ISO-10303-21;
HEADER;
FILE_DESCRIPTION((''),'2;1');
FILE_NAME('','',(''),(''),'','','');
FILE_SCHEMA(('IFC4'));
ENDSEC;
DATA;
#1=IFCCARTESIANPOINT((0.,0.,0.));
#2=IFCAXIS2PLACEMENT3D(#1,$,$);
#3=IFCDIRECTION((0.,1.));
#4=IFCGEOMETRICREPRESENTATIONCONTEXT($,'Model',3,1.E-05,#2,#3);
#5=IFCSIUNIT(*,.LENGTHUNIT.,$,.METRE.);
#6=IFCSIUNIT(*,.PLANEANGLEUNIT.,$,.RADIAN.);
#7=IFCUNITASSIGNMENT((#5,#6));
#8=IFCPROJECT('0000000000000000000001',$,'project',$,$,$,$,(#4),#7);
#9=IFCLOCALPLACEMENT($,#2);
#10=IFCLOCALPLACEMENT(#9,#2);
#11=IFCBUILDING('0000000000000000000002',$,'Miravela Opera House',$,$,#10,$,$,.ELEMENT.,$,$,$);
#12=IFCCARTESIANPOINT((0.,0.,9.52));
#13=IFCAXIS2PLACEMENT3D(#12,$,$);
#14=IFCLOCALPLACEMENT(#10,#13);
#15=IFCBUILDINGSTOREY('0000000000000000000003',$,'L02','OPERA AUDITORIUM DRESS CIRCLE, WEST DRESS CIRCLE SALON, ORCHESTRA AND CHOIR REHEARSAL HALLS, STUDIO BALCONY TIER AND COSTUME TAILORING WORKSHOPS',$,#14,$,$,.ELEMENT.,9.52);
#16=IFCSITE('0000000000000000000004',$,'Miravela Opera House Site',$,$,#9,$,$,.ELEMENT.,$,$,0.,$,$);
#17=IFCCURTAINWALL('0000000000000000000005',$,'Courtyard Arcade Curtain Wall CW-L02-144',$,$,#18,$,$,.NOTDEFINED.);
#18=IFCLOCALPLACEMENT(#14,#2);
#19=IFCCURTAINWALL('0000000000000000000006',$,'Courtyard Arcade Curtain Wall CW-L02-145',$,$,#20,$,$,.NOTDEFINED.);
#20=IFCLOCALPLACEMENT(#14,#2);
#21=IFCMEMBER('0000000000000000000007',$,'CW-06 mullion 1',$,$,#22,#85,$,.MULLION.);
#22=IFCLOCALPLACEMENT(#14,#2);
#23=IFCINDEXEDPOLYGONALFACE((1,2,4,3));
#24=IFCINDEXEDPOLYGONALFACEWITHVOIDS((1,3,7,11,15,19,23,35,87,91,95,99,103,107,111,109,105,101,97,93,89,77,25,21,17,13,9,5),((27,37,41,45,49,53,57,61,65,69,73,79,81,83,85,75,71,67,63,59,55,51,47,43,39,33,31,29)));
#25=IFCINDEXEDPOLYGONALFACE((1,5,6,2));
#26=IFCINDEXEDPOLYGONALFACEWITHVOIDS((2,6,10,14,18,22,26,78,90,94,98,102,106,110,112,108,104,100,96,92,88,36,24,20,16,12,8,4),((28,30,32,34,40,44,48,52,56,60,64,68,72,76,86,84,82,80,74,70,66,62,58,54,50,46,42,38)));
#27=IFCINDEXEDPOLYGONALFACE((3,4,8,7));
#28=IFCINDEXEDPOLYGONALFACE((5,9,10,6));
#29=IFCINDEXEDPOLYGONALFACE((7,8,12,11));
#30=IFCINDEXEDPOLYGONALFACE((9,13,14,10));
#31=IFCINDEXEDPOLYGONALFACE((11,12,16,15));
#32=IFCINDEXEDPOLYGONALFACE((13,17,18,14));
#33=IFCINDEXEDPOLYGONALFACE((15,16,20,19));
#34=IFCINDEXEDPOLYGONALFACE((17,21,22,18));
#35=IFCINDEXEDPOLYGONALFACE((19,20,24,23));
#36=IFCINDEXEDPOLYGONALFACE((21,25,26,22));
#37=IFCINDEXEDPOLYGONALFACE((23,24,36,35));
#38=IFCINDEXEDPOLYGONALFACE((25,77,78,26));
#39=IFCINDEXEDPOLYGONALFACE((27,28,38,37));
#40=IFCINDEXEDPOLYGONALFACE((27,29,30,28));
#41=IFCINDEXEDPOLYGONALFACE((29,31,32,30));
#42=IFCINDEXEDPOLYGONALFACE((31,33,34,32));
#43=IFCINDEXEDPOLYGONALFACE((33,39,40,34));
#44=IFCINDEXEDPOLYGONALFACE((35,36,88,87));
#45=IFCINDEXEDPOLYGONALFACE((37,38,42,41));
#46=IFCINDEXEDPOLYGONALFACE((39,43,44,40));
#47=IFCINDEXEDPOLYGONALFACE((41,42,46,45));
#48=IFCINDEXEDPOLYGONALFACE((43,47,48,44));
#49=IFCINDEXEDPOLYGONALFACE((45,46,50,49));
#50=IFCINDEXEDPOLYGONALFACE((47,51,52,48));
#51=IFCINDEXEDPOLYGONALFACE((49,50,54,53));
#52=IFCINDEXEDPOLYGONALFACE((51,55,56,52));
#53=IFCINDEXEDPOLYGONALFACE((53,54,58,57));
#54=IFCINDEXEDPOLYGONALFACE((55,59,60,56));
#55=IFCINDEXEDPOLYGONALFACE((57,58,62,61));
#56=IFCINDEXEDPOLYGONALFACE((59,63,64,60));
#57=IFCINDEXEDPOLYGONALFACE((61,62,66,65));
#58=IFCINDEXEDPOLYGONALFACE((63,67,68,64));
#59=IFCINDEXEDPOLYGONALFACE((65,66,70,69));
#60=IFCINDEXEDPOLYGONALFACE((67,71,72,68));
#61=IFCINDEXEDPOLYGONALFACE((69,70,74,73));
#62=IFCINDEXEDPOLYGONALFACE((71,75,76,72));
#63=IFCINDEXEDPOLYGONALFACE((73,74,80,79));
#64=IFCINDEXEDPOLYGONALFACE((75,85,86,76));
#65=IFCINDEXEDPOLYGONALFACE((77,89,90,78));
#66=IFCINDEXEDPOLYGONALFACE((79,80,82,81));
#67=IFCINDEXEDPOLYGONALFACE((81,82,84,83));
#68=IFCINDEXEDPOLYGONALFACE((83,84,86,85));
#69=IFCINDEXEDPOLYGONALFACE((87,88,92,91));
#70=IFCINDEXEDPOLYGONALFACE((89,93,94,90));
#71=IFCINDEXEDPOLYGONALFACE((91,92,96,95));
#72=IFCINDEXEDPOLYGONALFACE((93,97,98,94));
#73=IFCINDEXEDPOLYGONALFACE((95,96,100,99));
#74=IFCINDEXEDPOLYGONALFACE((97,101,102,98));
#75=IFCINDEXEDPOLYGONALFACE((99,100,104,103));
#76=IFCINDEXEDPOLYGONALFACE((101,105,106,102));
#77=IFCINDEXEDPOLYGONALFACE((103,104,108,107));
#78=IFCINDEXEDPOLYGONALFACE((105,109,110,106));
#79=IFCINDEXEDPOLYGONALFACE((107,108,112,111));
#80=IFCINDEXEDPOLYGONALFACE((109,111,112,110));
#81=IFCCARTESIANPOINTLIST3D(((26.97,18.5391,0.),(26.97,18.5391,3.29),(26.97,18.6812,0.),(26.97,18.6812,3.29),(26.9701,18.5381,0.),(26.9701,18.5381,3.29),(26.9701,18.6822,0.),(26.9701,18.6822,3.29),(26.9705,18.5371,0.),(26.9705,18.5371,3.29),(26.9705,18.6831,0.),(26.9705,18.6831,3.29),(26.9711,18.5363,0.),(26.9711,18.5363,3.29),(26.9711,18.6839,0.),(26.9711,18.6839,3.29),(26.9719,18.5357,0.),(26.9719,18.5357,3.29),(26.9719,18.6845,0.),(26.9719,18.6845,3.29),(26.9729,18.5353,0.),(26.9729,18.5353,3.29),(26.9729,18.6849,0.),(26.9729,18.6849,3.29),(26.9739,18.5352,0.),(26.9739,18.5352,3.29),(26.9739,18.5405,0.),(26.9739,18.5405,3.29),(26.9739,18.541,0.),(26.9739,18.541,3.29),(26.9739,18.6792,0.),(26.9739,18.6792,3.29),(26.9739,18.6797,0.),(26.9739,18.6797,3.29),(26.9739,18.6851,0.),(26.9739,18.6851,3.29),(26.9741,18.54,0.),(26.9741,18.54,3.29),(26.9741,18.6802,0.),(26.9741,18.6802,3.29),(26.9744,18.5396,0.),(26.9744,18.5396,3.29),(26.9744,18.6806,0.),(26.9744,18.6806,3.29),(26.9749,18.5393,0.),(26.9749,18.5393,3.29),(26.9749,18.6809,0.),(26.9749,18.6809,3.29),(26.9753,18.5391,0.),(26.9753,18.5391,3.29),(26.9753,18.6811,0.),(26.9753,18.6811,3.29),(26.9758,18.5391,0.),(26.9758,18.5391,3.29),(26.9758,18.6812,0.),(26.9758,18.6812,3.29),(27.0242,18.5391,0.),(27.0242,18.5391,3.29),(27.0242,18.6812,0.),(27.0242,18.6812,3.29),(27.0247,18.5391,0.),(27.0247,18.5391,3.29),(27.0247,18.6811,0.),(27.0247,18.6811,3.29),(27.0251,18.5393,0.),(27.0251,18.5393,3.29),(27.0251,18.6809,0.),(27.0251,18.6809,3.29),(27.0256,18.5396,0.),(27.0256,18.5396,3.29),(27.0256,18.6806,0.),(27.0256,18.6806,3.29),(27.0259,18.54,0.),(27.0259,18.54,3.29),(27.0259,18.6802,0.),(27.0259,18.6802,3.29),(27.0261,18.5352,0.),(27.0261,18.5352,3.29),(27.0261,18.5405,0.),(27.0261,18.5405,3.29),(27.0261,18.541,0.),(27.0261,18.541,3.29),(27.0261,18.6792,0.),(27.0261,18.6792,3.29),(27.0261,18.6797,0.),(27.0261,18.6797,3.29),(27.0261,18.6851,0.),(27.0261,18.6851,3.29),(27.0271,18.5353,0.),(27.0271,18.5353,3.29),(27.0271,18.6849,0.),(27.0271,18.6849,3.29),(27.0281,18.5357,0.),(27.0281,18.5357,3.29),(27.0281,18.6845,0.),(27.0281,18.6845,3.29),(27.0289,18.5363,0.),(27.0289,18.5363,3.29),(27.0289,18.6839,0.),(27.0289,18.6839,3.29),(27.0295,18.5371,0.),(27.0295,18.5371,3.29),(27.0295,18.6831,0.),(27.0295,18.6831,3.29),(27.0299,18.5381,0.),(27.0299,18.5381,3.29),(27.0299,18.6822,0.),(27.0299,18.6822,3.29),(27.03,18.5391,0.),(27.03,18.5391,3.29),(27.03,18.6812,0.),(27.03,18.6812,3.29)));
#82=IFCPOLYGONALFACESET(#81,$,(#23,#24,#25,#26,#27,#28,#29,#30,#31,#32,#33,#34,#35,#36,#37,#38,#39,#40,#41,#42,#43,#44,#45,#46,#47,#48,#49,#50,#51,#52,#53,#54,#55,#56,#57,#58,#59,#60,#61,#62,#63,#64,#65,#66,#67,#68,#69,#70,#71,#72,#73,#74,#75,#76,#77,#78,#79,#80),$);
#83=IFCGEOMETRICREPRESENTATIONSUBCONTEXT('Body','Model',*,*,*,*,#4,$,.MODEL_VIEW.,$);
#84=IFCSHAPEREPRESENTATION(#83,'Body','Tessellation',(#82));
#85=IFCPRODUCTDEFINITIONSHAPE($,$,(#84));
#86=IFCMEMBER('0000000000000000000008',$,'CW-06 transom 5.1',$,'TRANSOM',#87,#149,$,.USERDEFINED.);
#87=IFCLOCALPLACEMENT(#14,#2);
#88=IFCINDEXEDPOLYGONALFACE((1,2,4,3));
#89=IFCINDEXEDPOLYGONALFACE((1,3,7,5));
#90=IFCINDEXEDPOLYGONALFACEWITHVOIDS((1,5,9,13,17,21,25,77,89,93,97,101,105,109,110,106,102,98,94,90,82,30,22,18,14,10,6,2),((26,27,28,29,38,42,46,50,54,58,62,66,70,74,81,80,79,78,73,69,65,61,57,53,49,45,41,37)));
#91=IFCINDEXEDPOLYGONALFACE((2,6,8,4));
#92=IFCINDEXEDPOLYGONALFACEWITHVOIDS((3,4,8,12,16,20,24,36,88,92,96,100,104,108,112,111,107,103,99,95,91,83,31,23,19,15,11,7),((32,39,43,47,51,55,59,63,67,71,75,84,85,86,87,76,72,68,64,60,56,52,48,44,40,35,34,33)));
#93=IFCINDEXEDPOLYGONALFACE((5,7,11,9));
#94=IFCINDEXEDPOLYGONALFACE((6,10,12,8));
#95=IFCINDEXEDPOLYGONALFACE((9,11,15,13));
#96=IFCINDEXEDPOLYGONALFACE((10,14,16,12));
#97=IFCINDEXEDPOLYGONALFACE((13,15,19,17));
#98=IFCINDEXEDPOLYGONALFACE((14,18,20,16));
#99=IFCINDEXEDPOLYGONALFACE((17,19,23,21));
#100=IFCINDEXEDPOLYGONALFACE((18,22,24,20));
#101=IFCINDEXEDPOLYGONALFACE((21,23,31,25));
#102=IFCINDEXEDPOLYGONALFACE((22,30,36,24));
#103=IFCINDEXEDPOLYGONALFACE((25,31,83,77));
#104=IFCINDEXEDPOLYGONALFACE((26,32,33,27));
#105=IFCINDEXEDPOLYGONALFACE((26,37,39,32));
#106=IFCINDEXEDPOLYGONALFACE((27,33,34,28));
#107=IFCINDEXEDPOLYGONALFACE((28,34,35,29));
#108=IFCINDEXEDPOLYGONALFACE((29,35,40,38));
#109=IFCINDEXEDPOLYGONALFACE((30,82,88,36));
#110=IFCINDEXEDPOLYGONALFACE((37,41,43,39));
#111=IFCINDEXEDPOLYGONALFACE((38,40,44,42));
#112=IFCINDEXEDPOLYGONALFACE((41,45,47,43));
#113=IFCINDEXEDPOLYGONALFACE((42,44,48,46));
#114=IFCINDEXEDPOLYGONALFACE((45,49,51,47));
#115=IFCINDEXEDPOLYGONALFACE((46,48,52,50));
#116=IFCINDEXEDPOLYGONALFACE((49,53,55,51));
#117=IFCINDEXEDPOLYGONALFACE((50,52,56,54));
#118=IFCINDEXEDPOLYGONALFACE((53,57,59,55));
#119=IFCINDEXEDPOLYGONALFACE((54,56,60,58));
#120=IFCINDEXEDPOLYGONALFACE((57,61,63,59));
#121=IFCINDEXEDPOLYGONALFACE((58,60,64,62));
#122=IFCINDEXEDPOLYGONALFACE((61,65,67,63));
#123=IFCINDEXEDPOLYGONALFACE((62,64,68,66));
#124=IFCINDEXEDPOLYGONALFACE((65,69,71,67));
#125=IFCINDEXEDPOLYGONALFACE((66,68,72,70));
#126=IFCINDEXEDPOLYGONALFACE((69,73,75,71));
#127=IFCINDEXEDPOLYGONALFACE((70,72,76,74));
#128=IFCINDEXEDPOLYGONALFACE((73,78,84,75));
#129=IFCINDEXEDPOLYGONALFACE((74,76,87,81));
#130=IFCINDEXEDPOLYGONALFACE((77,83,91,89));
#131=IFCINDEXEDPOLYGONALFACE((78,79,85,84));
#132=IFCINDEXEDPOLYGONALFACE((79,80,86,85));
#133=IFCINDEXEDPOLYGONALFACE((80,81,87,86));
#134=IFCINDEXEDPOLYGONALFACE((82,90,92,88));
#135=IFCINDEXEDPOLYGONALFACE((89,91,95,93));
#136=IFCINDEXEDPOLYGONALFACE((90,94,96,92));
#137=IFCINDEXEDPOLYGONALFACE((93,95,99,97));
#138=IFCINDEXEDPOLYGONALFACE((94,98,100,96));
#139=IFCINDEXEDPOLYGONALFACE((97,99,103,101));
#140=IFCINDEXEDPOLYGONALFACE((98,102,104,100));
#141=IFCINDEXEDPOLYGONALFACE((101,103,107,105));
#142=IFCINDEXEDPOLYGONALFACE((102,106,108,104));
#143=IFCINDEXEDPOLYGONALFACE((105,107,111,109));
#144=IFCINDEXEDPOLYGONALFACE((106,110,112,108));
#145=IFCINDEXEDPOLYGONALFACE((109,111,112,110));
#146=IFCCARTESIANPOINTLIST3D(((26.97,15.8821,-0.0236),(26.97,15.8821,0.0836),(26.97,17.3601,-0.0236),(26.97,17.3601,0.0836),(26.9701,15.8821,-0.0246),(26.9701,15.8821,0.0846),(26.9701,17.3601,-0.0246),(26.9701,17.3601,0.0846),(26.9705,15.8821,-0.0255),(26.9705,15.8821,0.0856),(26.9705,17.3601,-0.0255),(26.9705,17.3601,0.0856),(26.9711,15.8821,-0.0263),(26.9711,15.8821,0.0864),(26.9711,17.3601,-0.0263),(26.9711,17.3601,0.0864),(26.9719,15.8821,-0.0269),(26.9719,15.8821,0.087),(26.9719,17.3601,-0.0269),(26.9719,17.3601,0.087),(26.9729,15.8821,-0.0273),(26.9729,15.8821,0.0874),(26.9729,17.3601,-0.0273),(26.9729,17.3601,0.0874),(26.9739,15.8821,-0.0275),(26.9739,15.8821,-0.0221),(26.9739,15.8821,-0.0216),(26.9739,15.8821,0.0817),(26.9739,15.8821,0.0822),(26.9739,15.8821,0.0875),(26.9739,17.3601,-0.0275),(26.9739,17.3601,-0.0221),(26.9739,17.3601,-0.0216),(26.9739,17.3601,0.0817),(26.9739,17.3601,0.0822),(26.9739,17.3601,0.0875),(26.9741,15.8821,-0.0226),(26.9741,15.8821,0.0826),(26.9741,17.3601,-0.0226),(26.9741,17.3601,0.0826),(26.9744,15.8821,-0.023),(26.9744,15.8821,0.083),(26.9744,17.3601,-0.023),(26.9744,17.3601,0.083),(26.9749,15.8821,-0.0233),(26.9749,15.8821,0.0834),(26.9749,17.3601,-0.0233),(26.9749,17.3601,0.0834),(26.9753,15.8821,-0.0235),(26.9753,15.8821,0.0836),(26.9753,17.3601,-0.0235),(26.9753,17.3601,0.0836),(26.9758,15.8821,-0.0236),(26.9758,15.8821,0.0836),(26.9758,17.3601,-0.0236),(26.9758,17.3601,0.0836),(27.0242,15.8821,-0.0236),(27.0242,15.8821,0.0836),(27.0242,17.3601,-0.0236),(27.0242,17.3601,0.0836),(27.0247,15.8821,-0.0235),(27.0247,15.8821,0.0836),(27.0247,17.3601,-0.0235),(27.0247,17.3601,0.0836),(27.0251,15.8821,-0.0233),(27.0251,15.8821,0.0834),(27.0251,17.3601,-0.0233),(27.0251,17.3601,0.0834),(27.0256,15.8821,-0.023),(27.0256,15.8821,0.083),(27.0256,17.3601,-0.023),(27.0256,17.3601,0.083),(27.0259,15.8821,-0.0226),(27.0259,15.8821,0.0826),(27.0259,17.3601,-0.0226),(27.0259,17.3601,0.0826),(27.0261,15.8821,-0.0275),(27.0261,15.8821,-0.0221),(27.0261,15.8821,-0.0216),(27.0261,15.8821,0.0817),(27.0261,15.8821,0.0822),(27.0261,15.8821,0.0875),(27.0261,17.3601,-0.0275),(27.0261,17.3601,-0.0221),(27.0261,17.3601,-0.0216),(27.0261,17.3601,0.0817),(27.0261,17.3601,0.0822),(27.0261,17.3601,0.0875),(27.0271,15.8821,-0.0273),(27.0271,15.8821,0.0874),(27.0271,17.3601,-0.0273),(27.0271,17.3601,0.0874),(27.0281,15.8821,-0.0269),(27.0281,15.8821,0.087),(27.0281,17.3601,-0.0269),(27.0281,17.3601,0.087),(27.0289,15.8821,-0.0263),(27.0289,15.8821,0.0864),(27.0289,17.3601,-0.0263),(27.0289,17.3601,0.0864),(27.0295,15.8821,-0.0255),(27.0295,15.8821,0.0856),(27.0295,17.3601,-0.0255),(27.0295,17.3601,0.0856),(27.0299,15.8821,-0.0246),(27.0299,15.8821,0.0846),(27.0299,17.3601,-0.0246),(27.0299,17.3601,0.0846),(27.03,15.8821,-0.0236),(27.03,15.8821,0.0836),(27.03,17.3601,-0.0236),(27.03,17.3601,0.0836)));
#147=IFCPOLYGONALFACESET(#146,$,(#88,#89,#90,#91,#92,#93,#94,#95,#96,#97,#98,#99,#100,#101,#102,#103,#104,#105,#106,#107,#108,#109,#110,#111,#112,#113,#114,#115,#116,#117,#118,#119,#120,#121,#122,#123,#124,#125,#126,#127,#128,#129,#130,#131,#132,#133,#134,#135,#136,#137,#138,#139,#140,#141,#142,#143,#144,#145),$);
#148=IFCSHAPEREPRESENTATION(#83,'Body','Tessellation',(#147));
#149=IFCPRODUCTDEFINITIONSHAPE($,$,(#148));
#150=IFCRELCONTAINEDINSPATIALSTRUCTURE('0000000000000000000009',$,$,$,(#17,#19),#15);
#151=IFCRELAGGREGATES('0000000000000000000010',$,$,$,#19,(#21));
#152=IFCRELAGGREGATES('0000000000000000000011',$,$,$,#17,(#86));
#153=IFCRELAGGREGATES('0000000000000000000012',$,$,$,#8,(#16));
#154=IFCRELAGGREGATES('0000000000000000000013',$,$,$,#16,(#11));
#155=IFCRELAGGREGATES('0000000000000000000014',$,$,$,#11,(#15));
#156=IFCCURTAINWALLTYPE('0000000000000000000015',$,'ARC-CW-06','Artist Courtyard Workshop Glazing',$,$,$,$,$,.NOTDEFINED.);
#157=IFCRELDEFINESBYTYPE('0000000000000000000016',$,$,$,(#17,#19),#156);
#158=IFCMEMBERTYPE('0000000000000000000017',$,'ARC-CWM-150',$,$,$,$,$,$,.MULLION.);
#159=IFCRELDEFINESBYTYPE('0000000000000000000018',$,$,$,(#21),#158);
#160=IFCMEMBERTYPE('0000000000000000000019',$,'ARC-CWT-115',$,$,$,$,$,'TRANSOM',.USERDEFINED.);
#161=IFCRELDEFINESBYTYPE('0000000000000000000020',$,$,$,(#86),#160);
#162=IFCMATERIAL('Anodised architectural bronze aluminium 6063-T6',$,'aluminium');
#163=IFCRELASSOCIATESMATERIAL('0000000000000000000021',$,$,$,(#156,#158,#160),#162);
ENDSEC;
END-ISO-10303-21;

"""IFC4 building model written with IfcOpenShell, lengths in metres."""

from ifc_helpers import new_model, si_unit, direction, frame, origin, origin_2d, place, context, subcontext, project, spatial, hollow_rectangle, extrude, material, material_profile, profile_set, type_object, element, aggregate, save


model = new_model("IFC4")

# Units and contexts
model_context = context("Model", 3, precision=1e-05, world=origin(), true_north=direction((0.0, 1.0)))
body_context = subcontext(model_context, "Body", "Model", "MODEL_VIEW")
ifc_project = project(units=[si_unit("LENGTHUNIT", "METRE"), si_unit("PLANEANGLEUNIT", "RADIAN")], contexts=[model_context])

# Site, building, storey
site_placement = place(None, origin())
site = spatial("IfcSite", under=ifc_project, at=site_placement, Name="Miravela Opera House Site", CompositionType="ELEMENT", RefElevation=0.0)
building_placement = place(site_placement, origin())
building = spatial("IfcBuilding", under=site, at=building_placement, Name="Miravela Opera House", CompositionType="ELEMENT")
storey_placement = place(building_placement, frame((0.0, 0.0, 9.52)))
storey = spatial("IfcBuildingStorey", under=building, at=storey_placement, Name="L02", Description="OPERA AUDITORIUM DRESS CIRCLE, WEST DRESS CIRCLE SALON, ORCHESTRA AND CHOIR REHEARSAL HALLS, STUDIO BALCONY TIER AND COSTUME TAILORING WORKSHOPS", CompositionType="ELEMENT", Elevation=9.52)

# Curtain wall
ifc_material_1 = material(Name="Anodised architectural bronze aluminium 6063-T6", Category="aluminium")
curtain_wall_type = type_object("IfcCurtainWallType", Name="ARC-CW-06", Description="Artist Courtyard Workshop Glazing", PredefinedType="NOTDEFINED", material=ifc_material_1)
curtain_wall_1_placement = place(storey_placement, origin())
curtain_wall_1 = element("IfcCurtainWall", 1, at=curtain_wall_1_placement, inside=storey, type_object=curtain_wall_type, Name="Courtyard Arcade Curtain Wall CW-L02-144", PredefinedType="NOTDEFINED")
ifc_material_profile_1 = material_profile(ifc_material_1, hollow_rectangle(XDim=0.0601, YDim=0.1499, WallThickness=0.0039, InnerFilletRadius=0.002, OuterFilletRadius=0.0039, at=origin_2d()), Name="CWM-60X150")
ifc_profile_set_1 = profile_set([ifc_material_profile_1])
member_type_1 = type_object("IfcMemberType", Name="ARC-CWM-150", PredefinedType="MULLION", material=ifc_profile_set_1)

# Curtain wall, member
curtain_wall_2_placement = place(storey_placement, origin())
curtain_wall_2 = element("IfcCurtainWall", 2, at=curtain_wall_2_placement, inside=storey, type_object=curtain_wall_type, Name="Courtyard Arcade Curtain Wall CW-L02-145", PredefinedType="NOTDEFINED")
member_1_placement = place(storey_placement, frame((27.0, 18.6101, 0.0), z_axis=(0.0, 0.0, 1.0), x_axis=(-1.0, 0.0, 0.0)))
member_1 = element("IfcMember", 3, at=member_1_placement, type_object=member_type_1, Name="CW-06 mullion 1", PredefinedType="MULLION", context=body_context, shape_type="SweptSolid", body=[
    extrude(hollow_rectangle(XDim=0.0601, YDim=0.1499, WallThickness=0.0039, InnerFilletRadius=0.002, OuterFilletRadius=0.0039, at=origin_2d()), origin(), (0.0, 0.0, 1.0), 3.29),
])

# Member
ifc_material_profile_2 = material_profile(ifc_material_1, hollow_rectangle(XDim=0.0601, YDim=0.115, WallThickness=0.0039, InnerFilletRadius=0.002, OuterFilletRadius=0.0039, at=origin_2d()), Name="CWT-60X115")
ifc_profile_set_2 = profile_set([ifc_material_profile_2])
member_type_2 = type_object("IfcMemberType", Name="ARC-CWT-115", ElementType="TRANSOM", PredefinedType="USERDEFINED", material=ifc_profile_set_2)
member_2_placement = place(storey_placement, frame((27.0, 15.8821, 0.03), z_axis=(0.0, 1.0, 0.0), x_axis=(-1.0, 0.0, 0.0)))
member_2 = element("IfcMember", 4, at=member_2_placement, type_object=member_type_2, Name="CW-06 transom 5.1", ObjectType="TRANSOM", PredefinedType="USERDEFINED", context=body_context, shape_type="SweptSolid", body=[
    extrude(hollow_rectangle(XDim=0.0601, YDim=0.115, WallThickness=0.0039, InnerFilletRadius=0.002, OuterFilletRadius=0.0039, at=origin_2d()), origin(), (0.0, 0.0, 1.0), 1.478),
])
aggregate(curtain_wall_2, [member_1])

aggregate(curtain_wall_1, [member_2])

save(model, "model.ifc")
